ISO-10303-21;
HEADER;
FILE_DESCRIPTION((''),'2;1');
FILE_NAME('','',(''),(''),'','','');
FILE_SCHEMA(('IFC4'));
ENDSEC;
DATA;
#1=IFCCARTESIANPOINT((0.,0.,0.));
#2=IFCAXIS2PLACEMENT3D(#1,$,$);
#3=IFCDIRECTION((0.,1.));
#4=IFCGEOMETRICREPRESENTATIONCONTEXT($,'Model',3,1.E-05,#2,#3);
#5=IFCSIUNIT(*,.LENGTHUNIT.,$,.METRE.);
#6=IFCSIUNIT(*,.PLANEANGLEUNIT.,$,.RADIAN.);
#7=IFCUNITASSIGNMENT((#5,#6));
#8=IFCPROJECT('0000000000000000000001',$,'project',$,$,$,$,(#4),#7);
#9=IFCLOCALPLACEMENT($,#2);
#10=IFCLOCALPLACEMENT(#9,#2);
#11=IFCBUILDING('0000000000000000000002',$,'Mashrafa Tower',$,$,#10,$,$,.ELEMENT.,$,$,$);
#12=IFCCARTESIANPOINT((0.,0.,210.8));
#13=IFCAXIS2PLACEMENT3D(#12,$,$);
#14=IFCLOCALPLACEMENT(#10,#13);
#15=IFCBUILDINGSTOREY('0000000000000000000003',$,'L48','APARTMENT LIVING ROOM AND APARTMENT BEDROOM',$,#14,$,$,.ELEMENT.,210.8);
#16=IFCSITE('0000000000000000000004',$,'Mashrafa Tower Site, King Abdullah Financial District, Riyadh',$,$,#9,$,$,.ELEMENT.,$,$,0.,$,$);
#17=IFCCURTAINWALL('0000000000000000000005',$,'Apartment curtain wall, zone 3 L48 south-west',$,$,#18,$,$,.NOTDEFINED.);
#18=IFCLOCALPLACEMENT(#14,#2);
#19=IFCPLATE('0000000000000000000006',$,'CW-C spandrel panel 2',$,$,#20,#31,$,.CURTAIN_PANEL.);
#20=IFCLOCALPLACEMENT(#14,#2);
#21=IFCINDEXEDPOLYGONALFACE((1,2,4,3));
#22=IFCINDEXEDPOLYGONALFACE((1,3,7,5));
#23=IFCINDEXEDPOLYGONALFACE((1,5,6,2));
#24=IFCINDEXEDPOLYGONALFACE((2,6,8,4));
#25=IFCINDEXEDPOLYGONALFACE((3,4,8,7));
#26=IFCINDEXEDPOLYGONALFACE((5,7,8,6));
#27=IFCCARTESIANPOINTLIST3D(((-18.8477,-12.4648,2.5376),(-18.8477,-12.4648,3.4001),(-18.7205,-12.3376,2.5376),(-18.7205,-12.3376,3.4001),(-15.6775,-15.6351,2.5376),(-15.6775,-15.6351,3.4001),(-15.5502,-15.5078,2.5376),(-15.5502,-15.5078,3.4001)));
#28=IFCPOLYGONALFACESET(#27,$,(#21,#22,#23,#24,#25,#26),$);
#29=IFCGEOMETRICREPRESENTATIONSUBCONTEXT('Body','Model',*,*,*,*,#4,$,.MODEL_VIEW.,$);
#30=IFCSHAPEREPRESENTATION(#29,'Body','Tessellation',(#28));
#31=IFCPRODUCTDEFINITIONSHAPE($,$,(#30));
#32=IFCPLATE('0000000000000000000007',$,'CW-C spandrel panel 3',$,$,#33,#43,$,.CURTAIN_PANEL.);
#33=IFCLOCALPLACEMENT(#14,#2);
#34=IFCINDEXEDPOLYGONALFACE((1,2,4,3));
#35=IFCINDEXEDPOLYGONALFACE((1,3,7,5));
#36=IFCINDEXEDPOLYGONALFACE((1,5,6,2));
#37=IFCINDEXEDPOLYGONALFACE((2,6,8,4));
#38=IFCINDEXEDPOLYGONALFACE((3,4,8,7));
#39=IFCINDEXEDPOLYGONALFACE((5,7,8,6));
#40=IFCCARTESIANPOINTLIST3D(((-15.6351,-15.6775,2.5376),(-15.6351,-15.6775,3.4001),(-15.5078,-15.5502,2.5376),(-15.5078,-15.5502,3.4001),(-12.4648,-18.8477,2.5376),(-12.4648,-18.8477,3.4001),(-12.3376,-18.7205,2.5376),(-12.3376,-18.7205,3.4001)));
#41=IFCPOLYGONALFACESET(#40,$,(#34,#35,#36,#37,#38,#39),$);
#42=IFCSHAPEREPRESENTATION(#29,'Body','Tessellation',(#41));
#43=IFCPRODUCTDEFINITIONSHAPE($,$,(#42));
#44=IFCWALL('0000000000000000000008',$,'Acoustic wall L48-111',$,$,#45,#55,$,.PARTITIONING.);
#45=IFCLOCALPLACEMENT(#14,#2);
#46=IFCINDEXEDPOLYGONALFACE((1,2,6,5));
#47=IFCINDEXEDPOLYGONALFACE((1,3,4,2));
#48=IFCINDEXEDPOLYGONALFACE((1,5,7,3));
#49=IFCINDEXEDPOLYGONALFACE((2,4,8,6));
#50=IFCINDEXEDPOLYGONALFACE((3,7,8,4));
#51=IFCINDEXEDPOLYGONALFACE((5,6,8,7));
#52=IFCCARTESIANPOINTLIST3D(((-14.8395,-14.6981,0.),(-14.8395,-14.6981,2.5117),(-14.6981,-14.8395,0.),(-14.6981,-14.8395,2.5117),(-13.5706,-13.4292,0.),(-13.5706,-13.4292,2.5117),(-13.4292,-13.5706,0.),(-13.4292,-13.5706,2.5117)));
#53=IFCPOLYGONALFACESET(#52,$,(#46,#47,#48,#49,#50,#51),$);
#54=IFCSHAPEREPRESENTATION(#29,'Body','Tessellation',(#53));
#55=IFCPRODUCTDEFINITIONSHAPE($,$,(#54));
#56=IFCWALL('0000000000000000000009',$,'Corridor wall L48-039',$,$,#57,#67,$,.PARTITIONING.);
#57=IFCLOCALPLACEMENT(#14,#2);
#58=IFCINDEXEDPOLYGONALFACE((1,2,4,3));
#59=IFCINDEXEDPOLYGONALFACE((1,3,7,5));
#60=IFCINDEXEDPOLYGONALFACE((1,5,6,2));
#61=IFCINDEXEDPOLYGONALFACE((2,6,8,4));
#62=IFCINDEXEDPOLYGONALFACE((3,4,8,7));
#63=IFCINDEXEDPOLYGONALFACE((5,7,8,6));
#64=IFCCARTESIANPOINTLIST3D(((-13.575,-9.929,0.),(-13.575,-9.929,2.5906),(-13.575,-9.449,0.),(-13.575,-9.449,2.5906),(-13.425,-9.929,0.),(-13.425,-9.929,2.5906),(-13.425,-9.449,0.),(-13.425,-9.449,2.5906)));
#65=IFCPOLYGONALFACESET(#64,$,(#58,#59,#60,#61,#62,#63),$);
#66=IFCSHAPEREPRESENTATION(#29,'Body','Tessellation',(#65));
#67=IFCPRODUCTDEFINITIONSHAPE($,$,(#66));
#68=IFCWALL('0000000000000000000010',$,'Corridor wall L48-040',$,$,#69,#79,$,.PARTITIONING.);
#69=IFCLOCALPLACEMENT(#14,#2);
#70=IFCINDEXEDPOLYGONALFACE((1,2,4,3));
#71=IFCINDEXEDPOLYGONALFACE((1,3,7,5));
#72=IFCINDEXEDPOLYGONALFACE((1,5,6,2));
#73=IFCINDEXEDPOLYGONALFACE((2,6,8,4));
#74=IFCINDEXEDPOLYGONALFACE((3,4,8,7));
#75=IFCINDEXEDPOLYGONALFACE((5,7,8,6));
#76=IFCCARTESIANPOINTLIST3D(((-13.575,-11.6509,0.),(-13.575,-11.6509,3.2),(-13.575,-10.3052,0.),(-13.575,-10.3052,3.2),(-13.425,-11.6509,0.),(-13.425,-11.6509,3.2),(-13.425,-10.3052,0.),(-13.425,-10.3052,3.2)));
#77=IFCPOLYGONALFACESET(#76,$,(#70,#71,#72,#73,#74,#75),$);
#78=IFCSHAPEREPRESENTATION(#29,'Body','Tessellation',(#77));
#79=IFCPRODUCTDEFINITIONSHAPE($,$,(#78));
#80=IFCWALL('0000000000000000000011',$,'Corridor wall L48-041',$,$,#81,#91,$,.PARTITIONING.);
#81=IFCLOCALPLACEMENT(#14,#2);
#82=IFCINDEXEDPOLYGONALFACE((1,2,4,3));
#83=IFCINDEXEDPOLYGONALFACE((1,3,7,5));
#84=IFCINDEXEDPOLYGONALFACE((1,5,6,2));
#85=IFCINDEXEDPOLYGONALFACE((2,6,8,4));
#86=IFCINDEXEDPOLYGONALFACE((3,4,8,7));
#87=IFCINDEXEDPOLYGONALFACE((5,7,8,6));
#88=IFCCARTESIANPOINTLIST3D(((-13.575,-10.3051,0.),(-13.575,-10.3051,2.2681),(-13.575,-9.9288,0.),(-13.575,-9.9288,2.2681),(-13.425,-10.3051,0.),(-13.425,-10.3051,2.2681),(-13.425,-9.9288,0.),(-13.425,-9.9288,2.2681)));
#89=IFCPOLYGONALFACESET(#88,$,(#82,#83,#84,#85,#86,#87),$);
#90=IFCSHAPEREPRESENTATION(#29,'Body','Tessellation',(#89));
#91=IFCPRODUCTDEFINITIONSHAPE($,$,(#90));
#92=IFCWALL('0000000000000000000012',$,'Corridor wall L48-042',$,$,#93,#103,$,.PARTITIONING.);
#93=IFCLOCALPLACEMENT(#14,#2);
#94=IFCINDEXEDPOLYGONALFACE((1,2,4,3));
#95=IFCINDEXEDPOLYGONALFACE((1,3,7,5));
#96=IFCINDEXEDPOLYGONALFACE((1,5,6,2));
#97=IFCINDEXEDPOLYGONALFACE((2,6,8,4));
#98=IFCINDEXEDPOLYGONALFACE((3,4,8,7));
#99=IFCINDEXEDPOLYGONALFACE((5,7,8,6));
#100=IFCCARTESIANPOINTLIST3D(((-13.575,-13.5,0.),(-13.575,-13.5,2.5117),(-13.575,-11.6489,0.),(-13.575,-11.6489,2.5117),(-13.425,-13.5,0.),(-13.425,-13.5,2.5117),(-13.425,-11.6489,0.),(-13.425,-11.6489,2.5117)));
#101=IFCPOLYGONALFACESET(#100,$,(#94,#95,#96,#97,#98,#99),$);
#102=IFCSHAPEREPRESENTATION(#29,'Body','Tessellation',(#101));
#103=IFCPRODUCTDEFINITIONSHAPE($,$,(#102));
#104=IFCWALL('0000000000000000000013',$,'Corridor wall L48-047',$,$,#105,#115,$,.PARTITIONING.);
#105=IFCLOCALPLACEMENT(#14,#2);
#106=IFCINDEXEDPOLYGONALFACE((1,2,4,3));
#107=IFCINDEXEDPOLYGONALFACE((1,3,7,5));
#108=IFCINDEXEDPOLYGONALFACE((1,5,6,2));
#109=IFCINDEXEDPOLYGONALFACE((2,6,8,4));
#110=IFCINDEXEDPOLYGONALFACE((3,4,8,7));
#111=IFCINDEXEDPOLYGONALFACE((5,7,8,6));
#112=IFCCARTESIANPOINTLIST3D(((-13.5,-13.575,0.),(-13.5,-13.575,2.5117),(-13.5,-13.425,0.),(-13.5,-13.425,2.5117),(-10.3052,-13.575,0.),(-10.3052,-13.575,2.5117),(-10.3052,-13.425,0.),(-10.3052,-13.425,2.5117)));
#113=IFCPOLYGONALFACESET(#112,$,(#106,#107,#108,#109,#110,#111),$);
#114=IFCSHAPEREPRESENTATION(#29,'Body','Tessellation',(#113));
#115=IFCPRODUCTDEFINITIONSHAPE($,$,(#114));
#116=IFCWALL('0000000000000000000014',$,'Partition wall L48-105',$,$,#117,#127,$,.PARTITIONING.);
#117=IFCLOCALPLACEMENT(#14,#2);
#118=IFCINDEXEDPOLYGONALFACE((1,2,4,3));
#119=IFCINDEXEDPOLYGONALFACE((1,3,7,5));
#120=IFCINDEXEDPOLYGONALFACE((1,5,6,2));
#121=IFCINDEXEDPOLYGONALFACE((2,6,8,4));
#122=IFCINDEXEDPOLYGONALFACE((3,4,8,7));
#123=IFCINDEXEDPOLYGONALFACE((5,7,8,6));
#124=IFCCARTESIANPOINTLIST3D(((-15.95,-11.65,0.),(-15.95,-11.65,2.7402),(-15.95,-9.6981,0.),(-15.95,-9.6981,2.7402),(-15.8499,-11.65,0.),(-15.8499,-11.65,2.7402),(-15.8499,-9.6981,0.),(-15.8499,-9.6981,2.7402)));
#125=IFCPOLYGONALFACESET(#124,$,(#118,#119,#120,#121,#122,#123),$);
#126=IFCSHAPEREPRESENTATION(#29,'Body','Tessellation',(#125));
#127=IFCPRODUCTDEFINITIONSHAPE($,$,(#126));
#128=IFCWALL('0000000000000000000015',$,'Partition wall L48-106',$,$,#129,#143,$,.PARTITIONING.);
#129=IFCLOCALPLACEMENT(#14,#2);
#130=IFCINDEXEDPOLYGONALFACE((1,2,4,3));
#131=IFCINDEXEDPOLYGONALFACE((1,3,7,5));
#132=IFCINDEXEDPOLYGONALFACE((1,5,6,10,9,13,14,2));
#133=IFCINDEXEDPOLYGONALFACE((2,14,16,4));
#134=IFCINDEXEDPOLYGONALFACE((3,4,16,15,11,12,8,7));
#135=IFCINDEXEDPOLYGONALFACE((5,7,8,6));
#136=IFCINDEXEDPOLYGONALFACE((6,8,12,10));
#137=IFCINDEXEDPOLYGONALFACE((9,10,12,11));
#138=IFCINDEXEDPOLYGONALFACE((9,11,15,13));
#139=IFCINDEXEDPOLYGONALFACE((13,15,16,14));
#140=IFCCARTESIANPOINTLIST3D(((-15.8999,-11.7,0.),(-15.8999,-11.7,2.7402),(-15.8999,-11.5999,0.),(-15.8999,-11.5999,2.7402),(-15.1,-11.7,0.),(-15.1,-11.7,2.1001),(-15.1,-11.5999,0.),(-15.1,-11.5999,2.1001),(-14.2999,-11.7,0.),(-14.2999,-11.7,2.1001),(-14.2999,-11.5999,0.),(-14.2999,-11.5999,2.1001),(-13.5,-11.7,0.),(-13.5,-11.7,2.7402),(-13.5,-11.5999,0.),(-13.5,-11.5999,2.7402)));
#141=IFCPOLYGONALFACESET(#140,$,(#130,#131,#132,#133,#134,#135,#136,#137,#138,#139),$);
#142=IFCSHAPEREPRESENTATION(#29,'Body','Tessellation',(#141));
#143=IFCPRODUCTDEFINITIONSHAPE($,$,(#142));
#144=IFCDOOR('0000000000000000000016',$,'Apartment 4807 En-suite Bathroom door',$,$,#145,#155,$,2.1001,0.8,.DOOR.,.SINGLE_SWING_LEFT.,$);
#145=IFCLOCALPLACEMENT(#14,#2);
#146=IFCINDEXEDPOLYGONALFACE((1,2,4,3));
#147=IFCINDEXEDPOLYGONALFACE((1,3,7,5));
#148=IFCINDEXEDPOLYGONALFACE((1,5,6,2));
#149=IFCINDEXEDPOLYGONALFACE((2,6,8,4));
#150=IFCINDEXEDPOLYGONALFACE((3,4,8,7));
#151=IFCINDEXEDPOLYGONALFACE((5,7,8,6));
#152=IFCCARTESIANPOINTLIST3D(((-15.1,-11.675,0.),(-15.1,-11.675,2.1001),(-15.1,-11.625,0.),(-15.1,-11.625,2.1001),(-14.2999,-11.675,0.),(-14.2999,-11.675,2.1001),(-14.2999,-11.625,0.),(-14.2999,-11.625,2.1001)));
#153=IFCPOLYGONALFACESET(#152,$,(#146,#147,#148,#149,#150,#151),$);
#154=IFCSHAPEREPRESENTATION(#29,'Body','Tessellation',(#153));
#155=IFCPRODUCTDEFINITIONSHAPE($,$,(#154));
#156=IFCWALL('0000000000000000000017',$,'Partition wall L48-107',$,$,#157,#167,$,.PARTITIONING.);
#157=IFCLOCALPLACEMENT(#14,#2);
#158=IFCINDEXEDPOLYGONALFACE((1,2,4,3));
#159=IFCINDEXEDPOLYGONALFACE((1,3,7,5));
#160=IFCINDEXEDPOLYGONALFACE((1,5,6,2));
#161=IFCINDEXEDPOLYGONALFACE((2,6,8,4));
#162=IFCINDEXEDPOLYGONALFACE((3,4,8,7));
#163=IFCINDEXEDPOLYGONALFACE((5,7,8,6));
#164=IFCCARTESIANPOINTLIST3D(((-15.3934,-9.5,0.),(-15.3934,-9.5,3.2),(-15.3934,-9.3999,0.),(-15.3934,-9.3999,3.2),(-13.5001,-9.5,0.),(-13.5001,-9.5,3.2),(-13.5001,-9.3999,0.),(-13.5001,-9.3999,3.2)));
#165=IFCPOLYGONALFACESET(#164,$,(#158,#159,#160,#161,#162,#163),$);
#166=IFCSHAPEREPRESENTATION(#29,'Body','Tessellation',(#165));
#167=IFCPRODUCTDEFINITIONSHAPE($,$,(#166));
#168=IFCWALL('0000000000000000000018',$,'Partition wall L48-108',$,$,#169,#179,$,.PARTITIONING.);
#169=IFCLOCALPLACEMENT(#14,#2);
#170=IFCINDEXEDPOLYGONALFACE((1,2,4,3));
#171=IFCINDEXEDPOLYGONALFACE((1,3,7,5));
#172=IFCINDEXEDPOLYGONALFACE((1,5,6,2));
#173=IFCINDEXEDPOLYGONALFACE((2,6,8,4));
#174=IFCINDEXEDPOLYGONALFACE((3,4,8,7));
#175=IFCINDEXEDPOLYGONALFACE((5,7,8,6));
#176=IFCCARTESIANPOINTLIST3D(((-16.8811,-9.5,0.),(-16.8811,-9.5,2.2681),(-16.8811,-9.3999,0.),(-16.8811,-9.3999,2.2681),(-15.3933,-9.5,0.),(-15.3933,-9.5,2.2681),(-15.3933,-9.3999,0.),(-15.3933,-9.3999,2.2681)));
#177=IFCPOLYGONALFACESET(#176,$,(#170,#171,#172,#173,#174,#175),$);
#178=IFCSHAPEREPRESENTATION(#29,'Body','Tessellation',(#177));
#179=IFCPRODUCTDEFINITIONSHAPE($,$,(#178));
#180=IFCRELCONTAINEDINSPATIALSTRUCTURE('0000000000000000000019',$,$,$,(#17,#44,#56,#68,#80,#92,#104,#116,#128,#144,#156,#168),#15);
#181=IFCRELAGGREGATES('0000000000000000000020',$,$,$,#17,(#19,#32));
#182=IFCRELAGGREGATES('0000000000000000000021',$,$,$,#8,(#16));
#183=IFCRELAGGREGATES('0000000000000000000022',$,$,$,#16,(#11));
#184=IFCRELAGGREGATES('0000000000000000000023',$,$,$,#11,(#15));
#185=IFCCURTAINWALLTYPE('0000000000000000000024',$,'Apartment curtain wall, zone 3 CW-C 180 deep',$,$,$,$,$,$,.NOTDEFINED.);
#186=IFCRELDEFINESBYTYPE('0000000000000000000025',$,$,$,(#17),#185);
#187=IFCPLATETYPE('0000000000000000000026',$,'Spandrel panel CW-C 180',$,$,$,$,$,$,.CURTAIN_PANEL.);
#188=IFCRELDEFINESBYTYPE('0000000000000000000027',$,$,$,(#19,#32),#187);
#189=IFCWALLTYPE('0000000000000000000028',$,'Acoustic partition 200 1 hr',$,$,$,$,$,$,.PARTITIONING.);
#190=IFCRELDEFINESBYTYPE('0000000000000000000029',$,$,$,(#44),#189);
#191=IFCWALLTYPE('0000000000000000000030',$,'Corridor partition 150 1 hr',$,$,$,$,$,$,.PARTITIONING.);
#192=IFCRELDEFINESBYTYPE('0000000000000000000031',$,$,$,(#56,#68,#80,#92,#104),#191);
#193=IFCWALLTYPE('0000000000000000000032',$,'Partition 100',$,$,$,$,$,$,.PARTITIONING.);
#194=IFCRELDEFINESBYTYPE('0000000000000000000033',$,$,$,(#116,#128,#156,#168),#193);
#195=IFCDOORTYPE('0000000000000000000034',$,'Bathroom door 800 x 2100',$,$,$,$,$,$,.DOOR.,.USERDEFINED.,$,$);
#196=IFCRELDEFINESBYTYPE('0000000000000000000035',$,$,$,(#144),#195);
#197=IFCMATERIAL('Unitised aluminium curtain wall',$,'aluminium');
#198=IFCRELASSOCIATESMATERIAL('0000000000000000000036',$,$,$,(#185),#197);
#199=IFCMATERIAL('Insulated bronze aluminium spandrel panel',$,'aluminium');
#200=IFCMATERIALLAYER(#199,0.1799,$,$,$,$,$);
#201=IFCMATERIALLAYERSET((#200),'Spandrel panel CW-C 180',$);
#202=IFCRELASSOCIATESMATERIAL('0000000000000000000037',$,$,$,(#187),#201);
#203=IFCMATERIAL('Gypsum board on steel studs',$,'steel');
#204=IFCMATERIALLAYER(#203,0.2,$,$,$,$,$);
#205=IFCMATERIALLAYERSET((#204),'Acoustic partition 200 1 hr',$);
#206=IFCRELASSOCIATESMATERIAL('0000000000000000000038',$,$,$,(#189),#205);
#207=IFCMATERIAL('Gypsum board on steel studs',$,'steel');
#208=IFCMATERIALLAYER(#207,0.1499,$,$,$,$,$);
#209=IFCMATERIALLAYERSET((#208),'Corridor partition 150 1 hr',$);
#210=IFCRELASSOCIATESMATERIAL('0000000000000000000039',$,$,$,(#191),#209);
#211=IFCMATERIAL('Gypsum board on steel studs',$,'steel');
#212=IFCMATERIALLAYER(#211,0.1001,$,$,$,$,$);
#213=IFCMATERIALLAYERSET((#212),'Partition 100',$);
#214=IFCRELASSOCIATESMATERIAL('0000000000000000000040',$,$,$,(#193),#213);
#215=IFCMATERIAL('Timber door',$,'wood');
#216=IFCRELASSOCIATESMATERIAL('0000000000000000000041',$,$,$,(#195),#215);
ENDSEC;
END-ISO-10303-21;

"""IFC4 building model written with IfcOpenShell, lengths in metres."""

from ifc_helpers import new_model, si_unit, direction, frame, frame_2d, origin, origin_2d, place, context, subcontext, project, spatial, rectangle, extrude, source, transform, mapped, material, layer, layer_set, type_object, element, fill, aggregate, save


model = new_model("IFC4")

# Units and contexts
model_context = context("Model", 3, precision=1e-05, world=origin(), true_north=direction((0.0, 1.0)))
body_context = subcontext(model_context, "Body", "Model", "MODEL_VIEW")
ifc_project = project(units=[si_unit("LENGTHUNIT", "METRE"), si_unit("PLANEANGLEUNIT", "RADIAN")], contexts=[model_context])

# Site, building, storey
site_placement = place(None, origin())
site = spatial("IfcSite", under=ifc_project, at=site_placement, Name="Mashrafa Tower Site, King Abdullah Financial District, Riyadh", CompositionType="ELEMENT", RefElevation=0.0)
building_placement = place(site_placement, origin())
building = spatial("IfcBuilding", under=site, at=building_placement, Name="Mashrafa Tower", CompositionType="ELEMENT")
storey_placement = place(building_placement, frame((0.0, 0.0, 210.8)))
storey = spatial("IfcBuildingStorey", under=building, at=storey_placement, Name="L48", Description="APARTMENT LIVING ROOM AND APARTMENT BEDROOM", CompositionType="ELEMENT", Elevation=210.8)

# Curtain wall, plates
ifc_material_1 = material(Name="Unitised aluminium curtain wall", Category="aluminium")
curtain_wall_type = type_object("IfcCurtainWallType", Name="Apartment curtain wall, zone 3 CW-C 180 deep", PredefinedType="NOTDEFINED", material=ifc_material_1)
curtain_wall_placement = place(storey_placement, origin())
curtain_wall = element("IfcCurtainWall", 1, at=curtain_wall_placement, inside=storey, type_object=curtain_wall_type, Name="Apartment curtain wall, zone 3 L48 south-west", PredefinedType="NOTDEFINED")
ifc_material_2 = material(Name="Insulated bronze aluminium spandrel panel", Category="aluminium")
ifc_layer_1 = layer(ifc_material_2, 0.1799)
ifc_layer_set_1 = layer_set([ifc_layer_1], Name="Spandrel panel CW-C 180")
plate_type_1 = type_object("IfcPlateType", Name="Spandrel panel CW-C 180", PredefinedType="CURTAIN_PANEL", material=ifc_layer_set_1)
shared_shape_1 = source(origin(), body_context, "Body", "SweptSolid", [
    extrude(rectangle(XDim=4.4834, YDim=0.1799, at=origin_2d()), origin(), (0.0, 0.0, 1.0), 0.8625),
])
plate_1_placement = place(storey_placement, frame((-17.199, -13.9863, 2.5376), z_axis=(0.0, 0.0, 1.0), x_axis=(0.707107, -0.707107, 0.0)))
plate_1 = element("IfcPlate", 2, at=plate_1_placement, type_object=plate_type_1, Name="CW-C spandrel panel 2", PredefinedType="CURTAIN_PANEL", context=body_context, shape_type="MappedRepresentation", body=[
    mapped(shared_shape_1, transform((0.0, 0.0, 0.0))),
])
plate_2_placement = place(storey_placement, frame((-13.9863, -17.199, 2.5376), z_axis=(0.0, 0.0, 1.0), x_axis=(0.707107, -0.707107, 0.0)))
plate_2 = element("IfcPlate", 3, at=plate_2_placement, type_object=plate_type_1, Name="CW-C spandrel panel 3", PredefinedType="CURTAIN_PANEL", context=body_context, shape_type="MappedRepresentation", body=[
    mapped(shared_shape_1, transform((0.0, 0.0, 0.0))),
])
aggregate(curtain_wall, [plate_1, plate_2])

# Walls
ifc_material_3 = material(Name="Gypsum board on steel studs", Category="steel")
ifc_layer_2 = layer(ifc_material_3, 0.2)
ifc_layer_set_2 = layer_set([ifc_layer_2], Name="Acoustic partition 200 1 hr")
wall_type_1 = type_object("IfcWallType", Name="Acoustic partition 200 1 hr", PredefinedType="PARTITIONING", material=ifc_layer_set_2)
wall_1_placement = place(storey_placement, frame((-14.7688, -14.7688, 0.0), z_axis=(0.0, 0.0, 1.0), x_axis=(0.707107, 0.707107, 0.0)))
element("IfcWall", 4, at=wall_1_placement, inside=storey, type_object=wall_type_1, Name="Acoustic wall L48-111", PredefinedType="PARTITIONING", context=body_context, shape_type="SweptSolid", body=[
    extrude(rectangle(XDim=1.7944, YDim=0.2, at=frame_2d((0.8972, 0.0))), origin(), (0.0, 0.0, 1.0), 2.5117),
])
ifc_material_4 = material(Name="Gypsum board on steel studs", Category="steel")
ifc_layer_3 = layer(ifc_material_4, 0.1499)
ifc_layer_set_3 = layer_set([ifc_layer_3], Name="Corridor partition 150 1 hr")
wall_type_2 = type_object("IfcWallType", Name="Corridor partition 150 1 hr", PredefinedType="PARTITIONING", material=ifc_layer_set_3)
wall_2_placement = place(storey_placement, frame((-13.5, -9.449, 0.0), z_axis=(0.0, 0.0, 1.0), x_axis=(0.0, -1.0, 0.0)))
element("IfcWall", 5, at=wall_2_placement, inside=storey, type_object=wall_type_2, Name="Corridor wall L48-039", PredefinedType="PARTITIONING", context=body_context, shape_type="SweptSolid", body=[
    extrude(rectangle(XDim=0.48, YDim=0.1499, at=frame_2d((0.24, 0.0))), origin(), (0.0, 0.0, 1.0), 2.5906),
])
wall_3_placement = place(storey_placement, frame((-13.5, -10.3052, 0.0), z_axis=(0.0, 0.0, 1.0), x_axis=(0.0, -1.0, 0.0)))
element("IfcWall", 6, at=wall_3_placement, inside=storey, type_object=wall_type_2, Name="Corridor wall L48-040", PredefinedType="PARTITIONING", context=body_context, shape_type="SweptSolid", body=[
    extrude(rectangle(XDim=1.3457, YDim=0.1499, at=frame_2d((0.6729, 0.0))), origin(), (0.0, 0.0, 1.0), 3.2),
])
wall_4_placement = place(storey_placement, frame((-13.5, -9.929, 0.0), z_axis=(0.0, 0.0, 1.0), x_axis=(0.0, -1.0, 0.0)))
element("IfcWall", 7, at=wall_4_placement, inside=storey, type_object=wall_type_2, Name="Corridor wall L48-041", PredefinedType="PARTITIONING", context=body_context, shape_type="SweptSolid", body=[
    extrude(rectangle(XDim=0.3762, YDim=0.1499, at=frame_2d((0.188, 0.0))), origin(), (0.0, 0.0, 1.0), 2.2681),
])
wall_5_placement = place(storey_placement, frame((-13.5, -11.6489, 0.0), z_axis=(0.0, 0.0, 1.0), x_axis=(0.0, -1.0, 0.0)))
element("IfcWall", 8, at=wall_5_placement, inside=storey, type_object=wall_type_2, Name="Corridor wall L48-042", PredefinedType="PARTITIONING", context=body_context, shape_type="SweptSolid", body=[
    extrude(rectangle(XDim=1.8511, YDim=0.1499, at=frame_2d((0.9255, 0.0))), origin(), (0.0, 0.0, 1.0), 2.5117),
])
wall_6_placement = place(storey_placement, frame((-13.5, -13.5, 0.0), z_axis=(0.0, 0.0, 1.0), x_axis=(1.0, 0.0, 0.0)))
element("IfcWall", 9, at=wall_6_placement, inside=storey, type_object=wall_type_2, Name="Corridor wall L48-047", PredefinedType="PARTITIONING", context=body_context, shape_type="SweptSolid", body=[
    extrude(rectangle(XDim=3.1948, YDim=0.1499, at=frame_2d((1.5974, 0.0))), origin(), (0.0, 0.0, 1.0), 2.5117),
])
ifc_material_5 = material(Name="Gypsum board on steel studs", Category="steel")
ifc_layer_4 = layer(ifc_material_5, 0.1001)
ifc_layer_set_4 = layer_set([ifc_layer_4], Name="Partition 100")
wall_type_3 = type_object("IfcWallType", Name="Partition 100", PredefinedType="PARTITIONING", material=ifc_layer_set_4)
wall_7_placement = place(storey_placement, frame((-15.8999, -9.698, 0.0), z_axis=(0.0, 0.0, 1.0), x_axis=(0.0, -1.0, 0.0)))
element("IfcWall", 10, at=wall_7_placement, inside=storey, type_object=wall_type_3, Name="Partition wall L48-105", PredefinedType="PARTITIONING", context=body_context, shape_type="SweptSolid", body=[
    extrude(rectangle(XDim=1.9519, YDim=0.1001, at=frame_2d((0.9761, 0.0))), origin(), (0.0, 0.0, 1.0), 2.7402),
])

# Wall, opening, door
wall_8_placement = place(storey_placement, frame((-15.8999, -11.6499, 0.0), z_axis=(0.0, 0.0, 1.0), x_axis=(1.0, 0.0, 0.0)))
wall_8 = element("IfcWall", 11, at=wall_8_placement, inside=storey, type_object=wall_type_3, Name="Partition wall L48-106", PredefinedType="PARTITIONING", context=body_context, shape_type="SweptSolid", body=[
    extrude(rectangle(XDim=2.3999, YDim=0.1001, at=frame_2d((1.2, 0.0))), origin(), (0.0, 0.0, 1.0), 2.7402),
])
opening_1_placement = place(wall_8_placement, frame((0.8, 0.0, 0.0)))
opening_1 = element("IfcOpeningElement", 12, at=opening_1_placement, cuts=wall_8, PredefinedType="OPENING", context=body_context, shape_type="SweptSolid", body=[
    extrude(rectangle(XDim=0.8, YDim=2.1001, at=frame_2d((0.3999, 1.05))), frame((0.0, 0.0601, 0.0), z_axis=(0.0, -1.0, 0.0), x_axis=(1.0, 0.0, 0.0)), (0.0, 0.0, 1.0), 0.1201),
])
ifc_material_6 = material(Name="Timber door", Category="wood")
door_type_1 = type_object("IfcDoorType", Name="Bathroom door 800 x 2100", OperationType="USERDEFINED", PredefinedType="DOOR", material=ifc_material_6)
door_1_placement = place(opening_1_placement, origin())
door_1 = element("IfcDoor", 13, at=door_1_placement, inside=storey, type_object=door_type_1, Name="Apartment 4807 En-suite Bathroom door", OperationType="SINGLE_SWING_LEFT", OverallHeight=2.1001, OverallWidth=0.8, PredefinedType="DOOR", context=body_context, shape_type="SweptSolid", body=[
    extrude(rectangle(XDim=0.8, YDim=2.1001, at=frame_2d((0.3999, 1.05))), frame((0.0, 0.0249, 0.0), z_axis=(0.0, -1.0, 0.0), x_axis=(1.0, 0.0, 0.0)), (0.0, 0.0, 1.0), 0.05),
])
fill(opening_1, door_1)

# Walls
wall_9_placement = place(storey_placement, frame((-13.5, -9.45, 0.0), z_axis=(0.0, 0.0, 1.0), x_axis=(-1.0, 0.0, 0.0)))
element("IfcWall", 14, at=wall_9_placement, inside=storey, type_object=wall_type_3, Name="Partition wall L48-107", PredefinedType="PARTITIONING", context=body_context, shape_type="SweptSolid", body=[
    extrude(rectangle(XDim=1.8933, YDim=0.1001, at=frame_2d((0.9468, 0.0))), origin(), (0.0, 0.0, 1.0), 3.2),
])
wall_10_placement = place(storey_placement, frame((-15.3933, -9.45, 0.0), z_axis=(0.0, 0.0, 1.0), x_axis=(-1.0, 0.0, 0.0)))
element("IfcWall", 15, at=wall_10_placement, inside=storey, type_object=wall_type_3, Name="Partition wall L48-108", PredefinedType="PARTITIONING", context=body_context, shape_type="SweptSolid", body=[
    extrude(rectangle(XDim=1.4878, YDim=0.1001, at=frame_2d((0.7439, 0.0))), origin(), (0.0, 0.0, 1.0), 2.2681),
])

save(model, "model.ifc")
